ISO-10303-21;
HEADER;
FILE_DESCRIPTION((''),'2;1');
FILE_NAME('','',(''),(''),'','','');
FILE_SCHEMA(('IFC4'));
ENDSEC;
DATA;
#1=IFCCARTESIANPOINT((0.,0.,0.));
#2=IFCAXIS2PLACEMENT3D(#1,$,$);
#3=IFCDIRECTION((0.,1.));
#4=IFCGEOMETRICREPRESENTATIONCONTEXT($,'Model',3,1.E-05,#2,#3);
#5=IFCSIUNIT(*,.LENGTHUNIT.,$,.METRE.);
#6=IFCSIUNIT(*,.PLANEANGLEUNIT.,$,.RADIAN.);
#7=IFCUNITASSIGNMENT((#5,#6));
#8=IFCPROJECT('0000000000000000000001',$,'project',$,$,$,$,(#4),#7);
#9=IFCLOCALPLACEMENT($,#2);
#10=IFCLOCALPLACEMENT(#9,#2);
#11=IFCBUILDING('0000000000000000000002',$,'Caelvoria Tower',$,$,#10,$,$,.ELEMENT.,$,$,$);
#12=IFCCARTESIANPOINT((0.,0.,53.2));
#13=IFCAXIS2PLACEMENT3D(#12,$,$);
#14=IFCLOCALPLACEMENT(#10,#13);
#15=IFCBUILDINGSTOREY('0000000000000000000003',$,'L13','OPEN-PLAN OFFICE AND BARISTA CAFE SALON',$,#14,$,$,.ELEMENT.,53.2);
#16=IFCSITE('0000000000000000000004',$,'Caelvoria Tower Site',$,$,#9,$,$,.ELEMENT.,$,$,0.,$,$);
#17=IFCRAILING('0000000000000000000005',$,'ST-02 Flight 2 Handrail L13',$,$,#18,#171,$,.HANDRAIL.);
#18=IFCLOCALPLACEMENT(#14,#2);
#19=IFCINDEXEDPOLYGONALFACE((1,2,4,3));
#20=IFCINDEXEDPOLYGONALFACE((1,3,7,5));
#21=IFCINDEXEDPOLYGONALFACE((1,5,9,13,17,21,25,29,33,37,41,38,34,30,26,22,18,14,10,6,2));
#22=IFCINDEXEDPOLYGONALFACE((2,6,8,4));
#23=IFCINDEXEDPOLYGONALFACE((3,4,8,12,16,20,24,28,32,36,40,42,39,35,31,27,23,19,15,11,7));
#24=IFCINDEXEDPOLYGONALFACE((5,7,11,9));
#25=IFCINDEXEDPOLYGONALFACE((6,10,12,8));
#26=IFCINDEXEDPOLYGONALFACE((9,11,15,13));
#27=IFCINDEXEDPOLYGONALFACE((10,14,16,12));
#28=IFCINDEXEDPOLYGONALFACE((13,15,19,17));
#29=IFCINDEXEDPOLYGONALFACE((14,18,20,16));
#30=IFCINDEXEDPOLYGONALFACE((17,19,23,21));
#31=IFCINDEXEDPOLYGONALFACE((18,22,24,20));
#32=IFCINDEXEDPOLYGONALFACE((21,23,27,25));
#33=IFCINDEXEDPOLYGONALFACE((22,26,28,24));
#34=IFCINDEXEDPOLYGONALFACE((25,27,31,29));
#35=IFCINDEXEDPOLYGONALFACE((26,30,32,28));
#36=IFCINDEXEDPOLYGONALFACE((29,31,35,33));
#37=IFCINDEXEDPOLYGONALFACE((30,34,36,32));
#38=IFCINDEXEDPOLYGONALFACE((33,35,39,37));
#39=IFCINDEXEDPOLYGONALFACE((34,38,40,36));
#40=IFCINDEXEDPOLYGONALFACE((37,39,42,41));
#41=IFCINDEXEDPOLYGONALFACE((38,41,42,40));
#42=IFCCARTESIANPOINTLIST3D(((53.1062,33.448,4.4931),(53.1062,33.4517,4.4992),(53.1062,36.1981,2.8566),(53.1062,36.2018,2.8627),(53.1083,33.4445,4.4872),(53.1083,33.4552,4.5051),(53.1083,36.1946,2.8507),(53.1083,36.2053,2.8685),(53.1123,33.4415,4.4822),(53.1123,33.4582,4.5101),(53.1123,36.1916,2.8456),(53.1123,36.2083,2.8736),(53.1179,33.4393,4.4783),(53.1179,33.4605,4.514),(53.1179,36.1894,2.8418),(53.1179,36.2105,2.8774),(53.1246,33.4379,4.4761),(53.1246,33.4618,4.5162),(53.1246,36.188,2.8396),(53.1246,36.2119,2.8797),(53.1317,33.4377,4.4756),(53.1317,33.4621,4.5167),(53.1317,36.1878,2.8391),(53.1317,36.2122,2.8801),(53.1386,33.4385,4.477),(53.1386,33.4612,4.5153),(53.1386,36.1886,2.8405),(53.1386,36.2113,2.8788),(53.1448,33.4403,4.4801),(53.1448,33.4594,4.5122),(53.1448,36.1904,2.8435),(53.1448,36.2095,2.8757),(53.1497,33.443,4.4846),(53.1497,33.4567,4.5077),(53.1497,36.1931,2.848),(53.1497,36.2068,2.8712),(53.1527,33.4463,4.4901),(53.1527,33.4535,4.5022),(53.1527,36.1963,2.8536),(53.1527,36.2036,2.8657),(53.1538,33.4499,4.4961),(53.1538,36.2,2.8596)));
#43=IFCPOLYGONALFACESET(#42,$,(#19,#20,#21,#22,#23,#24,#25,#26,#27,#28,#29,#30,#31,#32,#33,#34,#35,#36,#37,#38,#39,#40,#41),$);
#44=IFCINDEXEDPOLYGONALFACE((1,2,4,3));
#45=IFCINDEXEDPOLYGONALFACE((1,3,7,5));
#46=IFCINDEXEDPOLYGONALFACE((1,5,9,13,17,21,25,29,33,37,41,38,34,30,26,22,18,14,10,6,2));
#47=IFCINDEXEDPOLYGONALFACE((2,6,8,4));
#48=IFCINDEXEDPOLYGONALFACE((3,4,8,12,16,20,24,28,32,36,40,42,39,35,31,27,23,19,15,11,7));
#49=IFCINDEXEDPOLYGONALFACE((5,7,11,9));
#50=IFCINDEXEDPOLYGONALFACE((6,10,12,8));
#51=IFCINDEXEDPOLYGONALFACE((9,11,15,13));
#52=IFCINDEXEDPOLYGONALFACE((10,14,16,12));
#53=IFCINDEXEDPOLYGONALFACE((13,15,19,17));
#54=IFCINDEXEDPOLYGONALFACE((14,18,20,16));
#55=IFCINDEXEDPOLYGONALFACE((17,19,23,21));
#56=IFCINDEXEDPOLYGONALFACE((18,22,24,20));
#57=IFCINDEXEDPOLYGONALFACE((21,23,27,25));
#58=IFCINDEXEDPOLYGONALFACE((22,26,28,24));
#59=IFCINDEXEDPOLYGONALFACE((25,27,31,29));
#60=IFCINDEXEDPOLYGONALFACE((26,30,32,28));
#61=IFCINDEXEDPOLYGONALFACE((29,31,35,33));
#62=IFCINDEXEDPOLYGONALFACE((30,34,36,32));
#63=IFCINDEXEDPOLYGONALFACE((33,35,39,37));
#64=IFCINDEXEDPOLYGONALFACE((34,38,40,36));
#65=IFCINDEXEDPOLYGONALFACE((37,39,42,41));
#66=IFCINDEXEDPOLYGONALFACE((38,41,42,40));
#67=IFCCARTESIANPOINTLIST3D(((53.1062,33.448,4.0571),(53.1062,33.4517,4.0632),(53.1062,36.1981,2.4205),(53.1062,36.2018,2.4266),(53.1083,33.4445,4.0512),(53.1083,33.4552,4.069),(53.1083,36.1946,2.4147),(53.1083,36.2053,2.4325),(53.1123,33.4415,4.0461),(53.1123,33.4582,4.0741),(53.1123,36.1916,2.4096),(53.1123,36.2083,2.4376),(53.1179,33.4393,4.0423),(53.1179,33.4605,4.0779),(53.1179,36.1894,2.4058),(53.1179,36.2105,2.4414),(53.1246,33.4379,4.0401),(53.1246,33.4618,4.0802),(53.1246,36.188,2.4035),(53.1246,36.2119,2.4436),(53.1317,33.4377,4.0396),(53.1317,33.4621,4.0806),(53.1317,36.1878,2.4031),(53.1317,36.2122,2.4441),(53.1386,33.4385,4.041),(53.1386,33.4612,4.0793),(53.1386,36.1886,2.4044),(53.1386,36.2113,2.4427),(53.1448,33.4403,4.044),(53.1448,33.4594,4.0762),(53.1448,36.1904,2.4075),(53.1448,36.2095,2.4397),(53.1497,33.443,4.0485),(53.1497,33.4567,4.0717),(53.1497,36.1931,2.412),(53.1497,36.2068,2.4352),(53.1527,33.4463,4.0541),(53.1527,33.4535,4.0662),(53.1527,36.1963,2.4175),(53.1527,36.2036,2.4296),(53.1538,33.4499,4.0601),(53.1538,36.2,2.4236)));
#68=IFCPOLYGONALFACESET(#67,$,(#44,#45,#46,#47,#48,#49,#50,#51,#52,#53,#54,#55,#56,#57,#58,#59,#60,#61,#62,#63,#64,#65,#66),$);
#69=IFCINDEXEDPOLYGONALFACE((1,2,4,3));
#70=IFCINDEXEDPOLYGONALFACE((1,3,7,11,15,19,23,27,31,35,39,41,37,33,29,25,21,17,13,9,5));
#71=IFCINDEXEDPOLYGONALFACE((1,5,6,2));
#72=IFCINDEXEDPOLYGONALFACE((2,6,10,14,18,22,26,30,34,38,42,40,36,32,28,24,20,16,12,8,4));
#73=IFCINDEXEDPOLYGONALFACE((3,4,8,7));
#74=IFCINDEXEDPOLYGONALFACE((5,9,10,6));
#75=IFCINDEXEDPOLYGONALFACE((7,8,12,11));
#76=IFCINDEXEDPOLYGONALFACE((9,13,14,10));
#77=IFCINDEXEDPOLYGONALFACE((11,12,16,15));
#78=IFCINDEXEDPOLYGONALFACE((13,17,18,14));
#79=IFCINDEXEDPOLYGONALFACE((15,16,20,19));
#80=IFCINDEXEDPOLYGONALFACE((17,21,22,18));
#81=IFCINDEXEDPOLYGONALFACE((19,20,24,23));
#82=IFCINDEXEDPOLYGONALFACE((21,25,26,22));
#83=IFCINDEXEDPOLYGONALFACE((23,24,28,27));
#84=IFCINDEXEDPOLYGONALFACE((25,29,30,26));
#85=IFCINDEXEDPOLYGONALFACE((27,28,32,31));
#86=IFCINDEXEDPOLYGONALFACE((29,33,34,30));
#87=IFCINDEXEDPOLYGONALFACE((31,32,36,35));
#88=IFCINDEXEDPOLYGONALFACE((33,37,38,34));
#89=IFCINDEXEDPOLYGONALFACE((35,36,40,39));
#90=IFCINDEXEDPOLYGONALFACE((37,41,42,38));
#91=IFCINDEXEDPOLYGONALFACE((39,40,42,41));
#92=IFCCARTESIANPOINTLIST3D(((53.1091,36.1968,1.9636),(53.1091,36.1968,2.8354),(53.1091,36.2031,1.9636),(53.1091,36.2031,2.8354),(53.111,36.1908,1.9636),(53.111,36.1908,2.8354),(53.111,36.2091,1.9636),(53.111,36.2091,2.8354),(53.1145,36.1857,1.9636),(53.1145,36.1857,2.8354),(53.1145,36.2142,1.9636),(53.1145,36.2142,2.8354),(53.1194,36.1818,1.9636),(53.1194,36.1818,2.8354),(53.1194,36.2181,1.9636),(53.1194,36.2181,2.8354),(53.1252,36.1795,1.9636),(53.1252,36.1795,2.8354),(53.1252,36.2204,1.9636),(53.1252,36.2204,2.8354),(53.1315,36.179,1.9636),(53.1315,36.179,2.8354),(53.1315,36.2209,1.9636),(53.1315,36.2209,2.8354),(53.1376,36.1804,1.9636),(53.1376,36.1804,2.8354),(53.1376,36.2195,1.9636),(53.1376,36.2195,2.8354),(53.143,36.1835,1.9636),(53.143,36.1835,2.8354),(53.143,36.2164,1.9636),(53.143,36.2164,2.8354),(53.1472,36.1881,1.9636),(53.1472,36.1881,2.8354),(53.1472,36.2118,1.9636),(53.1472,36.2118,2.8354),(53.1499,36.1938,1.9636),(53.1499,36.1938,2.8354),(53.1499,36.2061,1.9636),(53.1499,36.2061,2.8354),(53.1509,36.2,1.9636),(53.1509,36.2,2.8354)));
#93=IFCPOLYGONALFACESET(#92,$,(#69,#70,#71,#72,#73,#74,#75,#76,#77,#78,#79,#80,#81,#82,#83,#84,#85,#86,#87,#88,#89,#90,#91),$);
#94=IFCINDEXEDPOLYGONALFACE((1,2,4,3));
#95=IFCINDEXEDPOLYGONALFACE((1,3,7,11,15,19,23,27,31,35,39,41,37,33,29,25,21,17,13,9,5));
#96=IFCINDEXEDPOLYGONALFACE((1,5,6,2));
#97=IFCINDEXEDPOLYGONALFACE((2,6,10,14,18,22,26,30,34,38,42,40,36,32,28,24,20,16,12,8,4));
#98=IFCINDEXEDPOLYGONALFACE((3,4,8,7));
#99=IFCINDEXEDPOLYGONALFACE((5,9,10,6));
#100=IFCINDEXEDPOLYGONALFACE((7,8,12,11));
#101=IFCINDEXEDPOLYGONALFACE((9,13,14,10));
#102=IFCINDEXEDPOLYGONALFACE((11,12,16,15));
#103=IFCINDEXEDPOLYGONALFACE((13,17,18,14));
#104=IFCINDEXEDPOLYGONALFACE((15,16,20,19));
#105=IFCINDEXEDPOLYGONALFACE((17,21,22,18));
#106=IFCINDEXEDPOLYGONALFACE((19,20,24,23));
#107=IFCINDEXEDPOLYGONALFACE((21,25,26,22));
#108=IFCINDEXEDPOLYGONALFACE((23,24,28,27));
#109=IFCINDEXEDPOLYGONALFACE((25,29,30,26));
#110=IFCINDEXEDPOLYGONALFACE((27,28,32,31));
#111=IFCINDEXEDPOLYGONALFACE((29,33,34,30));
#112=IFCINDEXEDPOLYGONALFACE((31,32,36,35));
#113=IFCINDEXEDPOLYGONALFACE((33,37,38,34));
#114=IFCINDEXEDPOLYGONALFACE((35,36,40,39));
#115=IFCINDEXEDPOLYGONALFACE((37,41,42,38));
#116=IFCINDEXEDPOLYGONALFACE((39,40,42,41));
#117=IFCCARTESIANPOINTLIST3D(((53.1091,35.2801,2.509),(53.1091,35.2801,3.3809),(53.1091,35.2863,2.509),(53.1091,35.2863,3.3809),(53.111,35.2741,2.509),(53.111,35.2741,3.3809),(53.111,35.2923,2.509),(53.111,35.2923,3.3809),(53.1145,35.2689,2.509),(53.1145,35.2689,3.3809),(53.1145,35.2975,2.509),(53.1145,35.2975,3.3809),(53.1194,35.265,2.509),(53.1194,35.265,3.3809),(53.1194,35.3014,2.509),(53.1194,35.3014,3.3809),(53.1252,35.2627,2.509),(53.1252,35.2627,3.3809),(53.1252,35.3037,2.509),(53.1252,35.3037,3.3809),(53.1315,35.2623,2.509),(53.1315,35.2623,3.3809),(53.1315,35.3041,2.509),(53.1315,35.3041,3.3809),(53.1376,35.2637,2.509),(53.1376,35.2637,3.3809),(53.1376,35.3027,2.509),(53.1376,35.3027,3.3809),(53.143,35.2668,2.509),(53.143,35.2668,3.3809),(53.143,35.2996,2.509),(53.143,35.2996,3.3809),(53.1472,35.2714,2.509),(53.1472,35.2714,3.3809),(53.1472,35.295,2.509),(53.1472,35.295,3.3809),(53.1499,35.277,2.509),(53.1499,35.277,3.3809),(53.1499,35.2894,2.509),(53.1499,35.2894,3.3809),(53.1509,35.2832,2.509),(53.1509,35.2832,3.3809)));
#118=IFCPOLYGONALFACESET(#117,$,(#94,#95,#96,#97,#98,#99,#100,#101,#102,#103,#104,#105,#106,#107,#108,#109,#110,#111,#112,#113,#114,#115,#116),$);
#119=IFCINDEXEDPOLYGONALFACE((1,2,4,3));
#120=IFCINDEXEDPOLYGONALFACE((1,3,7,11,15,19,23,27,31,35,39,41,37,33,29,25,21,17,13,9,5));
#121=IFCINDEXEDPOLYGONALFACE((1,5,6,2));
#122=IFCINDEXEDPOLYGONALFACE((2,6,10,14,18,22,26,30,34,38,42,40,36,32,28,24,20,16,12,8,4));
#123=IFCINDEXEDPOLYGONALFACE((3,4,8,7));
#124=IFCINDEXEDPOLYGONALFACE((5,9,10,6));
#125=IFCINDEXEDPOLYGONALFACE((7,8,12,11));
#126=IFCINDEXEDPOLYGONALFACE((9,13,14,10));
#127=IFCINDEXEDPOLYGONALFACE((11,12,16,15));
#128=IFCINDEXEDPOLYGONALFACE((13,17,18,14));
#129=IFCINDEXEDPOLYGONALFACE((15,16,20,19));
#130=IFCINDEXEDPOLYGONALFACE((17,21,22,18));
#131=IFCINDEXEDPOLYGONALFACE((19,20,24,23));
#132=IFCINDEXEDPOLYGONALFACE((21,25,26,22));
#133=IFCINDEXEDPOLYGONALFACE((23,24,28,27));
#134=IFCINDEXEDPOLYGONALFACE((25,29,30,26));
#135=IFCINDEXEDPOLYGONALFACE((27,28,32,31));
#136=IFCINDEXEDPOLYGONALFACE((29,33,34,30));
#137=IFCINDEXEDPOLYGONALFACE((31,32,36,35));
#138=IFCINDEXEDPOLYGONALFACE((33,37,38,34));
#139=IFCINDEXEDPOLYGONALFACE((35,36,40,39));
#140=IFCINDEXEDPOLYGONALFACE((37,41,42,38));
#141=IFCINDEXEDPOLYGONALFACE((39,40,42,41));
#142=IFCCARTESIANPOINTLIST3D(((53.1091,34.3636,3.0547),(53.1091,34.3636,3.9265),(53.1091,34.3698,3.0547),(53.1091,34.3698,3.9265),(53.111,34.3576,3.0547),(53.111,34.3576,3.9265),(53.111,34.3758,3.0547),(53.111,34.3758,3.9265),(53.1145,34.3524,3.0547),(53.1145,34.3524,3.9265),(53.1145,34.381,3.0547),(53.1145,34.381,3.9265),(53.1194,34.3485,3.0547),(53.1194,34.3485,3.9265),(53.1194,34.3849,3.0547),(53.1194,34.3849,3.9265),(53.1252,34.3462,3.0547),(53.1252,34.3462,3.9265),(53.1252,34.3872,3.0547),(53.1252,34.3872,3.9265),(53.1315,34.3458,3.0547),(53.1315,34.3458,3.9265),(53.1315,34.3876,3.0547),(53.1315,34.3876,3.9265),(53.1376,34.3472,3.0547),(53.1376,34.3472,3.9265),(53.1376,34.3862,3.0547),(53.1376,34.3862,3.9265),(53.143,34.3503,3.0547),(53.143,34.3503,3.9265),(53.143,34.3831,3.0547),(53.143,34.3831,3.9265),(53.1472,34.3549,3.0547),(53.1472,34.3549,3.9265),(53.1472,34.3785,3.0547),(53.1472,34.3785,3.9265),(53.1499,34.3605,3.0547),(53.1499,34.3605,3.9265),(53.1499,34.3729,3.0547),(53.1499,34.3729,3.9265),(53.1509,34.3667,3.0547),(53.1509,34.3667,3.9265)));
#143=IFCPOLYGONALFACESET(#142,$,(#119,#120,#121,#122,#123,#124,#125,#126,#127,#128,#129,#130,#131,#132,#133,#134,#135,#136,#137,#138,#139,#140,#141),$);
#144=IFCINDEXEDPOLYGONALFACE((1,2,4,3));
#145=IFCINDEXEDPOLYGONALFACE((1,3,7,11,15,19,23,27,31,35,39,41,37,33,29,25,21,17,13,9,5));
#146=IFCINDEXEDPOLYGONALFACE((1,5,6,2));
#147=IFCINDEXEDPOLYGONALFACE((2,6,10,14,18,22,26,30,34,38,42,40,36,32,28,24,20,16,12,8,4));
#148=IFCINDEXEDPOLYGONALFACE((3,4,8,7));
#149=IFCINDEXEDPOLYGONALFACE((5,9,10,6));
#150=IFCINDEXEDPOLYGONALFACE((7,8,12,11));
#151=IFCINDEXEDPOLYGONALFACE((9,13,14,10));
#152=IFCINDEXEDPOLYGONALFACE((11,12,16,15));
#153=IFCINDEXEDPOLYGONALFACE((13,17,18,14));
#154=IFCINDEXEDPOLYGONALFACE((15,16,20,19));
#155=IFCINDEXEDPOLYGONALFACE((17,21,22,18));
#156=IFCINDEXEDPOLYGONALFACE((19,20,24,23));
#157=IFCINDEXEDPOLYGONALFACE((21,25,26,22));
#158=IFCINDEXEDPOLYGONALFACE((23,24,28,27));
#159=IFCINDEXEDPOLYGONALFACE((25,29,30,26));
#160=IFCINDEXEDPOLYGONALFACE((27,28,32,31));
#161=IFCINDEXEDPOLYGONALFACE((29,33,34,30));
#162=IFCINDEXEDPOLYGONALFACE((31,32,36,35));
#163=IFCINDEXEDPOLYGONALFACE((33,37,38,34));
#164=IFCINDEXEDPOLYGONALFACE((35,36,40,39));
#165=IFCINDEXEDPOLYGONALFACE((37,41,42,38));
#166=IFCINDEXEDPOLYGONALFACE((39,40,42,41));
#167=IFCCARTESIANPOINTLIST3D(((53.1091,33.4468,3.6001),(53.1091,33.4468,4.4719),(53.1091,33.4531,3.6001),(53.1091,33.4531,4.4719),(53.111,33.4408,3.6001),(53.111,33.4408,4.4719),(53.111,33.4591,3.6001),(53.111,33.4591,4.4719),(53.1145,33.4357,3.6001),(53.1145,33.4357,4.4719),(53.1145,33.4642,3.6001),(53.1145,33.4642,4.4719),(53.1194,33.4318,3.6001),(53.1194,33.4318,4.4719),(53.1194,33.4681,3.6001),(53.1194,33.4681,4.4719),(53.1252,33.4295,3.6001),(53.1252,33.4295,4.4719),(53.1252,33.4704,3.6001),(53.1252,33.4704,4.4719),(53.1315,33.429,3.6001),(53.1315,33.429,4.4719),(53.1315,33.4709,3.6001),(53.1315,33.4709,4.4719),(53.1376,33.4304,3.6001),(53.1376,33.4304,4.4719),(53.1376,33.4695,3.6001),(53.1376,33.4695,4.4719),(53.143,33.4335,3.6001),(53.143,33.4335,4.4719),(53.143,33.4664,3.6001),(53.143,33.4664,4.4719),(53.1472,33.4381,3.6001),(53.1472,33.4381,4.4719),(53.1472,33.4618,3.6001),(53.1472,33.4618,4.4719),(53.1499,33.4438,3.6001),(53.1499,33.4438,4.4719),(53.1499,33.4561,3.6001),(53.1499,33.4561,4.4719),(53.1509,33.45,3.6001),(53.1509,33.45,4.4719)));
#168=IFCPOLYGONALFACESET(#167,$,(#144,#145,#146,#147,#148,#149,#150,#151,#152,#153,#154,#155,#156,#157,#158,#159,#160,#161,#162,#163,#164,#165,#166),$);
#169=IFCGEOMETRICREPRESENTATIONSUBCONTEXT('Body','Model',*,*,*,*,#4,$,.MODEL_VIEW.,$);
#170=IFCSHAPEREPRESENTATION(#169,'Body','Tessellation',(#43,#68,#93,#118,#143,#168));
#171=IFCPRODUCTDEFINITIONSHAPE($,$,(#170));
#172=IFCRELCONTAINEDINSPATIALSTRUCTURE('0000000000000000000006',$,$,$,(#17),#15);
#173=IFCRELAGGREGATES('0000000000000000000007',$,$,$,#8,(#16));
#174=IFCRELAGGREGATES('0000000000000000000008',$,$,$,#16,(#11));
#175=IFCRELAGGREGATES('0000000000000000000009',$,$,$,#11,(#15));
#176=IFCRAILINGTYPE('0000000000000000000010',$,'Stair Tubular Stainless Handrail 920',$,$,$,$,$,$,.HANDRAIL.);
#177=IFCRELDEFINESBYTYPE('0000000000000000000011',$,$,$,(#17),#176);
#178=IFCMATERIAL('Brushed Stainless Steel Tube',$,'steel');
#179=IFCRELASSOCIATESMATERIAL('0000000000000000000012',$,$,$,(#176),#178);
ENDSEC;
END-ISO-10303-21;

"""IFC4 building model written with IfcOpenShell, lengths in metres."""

from ifc_helpers import new_model, si_unit, direction, frame, origin, origin_2d, place, context, subcontext, project, spatial, circle, extrude, material, type_object, element, save


model = new_model("IFC4")

# Units and contexts
model_context = context("Model", 3, precision=1e-05, world=origin(), true_north=direction((0.0, 1.0)))
body_context = subcontext(model_context, "Body", "Model", "MODEL_VIEW")
ifc_project = project(units=[si_unit("LENGTHUNIT", "METRE"), si_unit("PLANEANGLEUNIT", "RADIAN")], contexts=[model_context])

# Site, building, storey
site_placement = place(None, origin())
site = spatial("IfcSite", under=ifc_project, at=site_placement, Name="Caelvoria Tower Site", CompositionType="ELEMENT", RefElevation=0.0)
building_placement = place(site_placement, origin())
building = spatial("IfcBuilding", under=site, at=building_placement, Name="Caelvoria Tower", CompositionType="ELEMENT")
storey_placement = place(building_placement, frame((0.0, 0.0, 53.2)))
storey = spatial("IfcBuildingStorey", under=building, at=storey_placement, Name="L13", Description="OPEN-PLAN OFFICE AND BARISTA CAFE SALON", CompositionType="ELEMENT", Elevation=53.2)

# Railing
ifc_material_1 = material(Name="Brushed Stainless Steel Tube", Category="steel")
railing_type_1 = type_object("IfcRailingType", Name="Stair Tubular Stainless Handrail 920", PredefinedType="HANDRAIL", material=ifc_material_1)
railing_1_placement = place(storey_placement, frame((53.1299, 36.2, 1.9636)))
element("IfcRailing", 1, at=railing_1_placement, inside=storey, type_object=railing_type_1, Name="ST-02 Flight 2 Handrail L13", PredefinedType="HANDRAIL", context=body_context, shape_type="SweptSolid", body=[
    extrude(circle(Radius=0.0239, at=origin_2d()), frame((0.0, 0.0, 0.896), z_axis=(0.0, -0.859352, 0.511385), x_axis=(1.0, 0.0, 0.0)), (0.0, 0.0, 1.0), 3.2002),
    extrude(circle(Radius=0.0239, at=origin_2d()), frame((0.0, 0.0, 0.46), z_axis=(0.0, -0.859352, 0.511385), x_axis=(1.0, 0.0, 0.0)), (0.0, 0.0, 1.0), 3.2002),
    extrude(circle(Radius=0.021, at=origin_2d()), origin(), (0.0, 0.0, 1.0), 0.8718),
    extrude(circle(Radius=0.021, at=origin_2d()), frame((0.0, -0.9167, 0.5454)), (0.0, 0.0, 1.0), 0.8718),
    extrude(circle(Radius=0.021, at=origin_2d()), frame((0.0, -1.8333, 1.0911)), (0.0, 0.0, 1.0), 0.8718),
    extrude(circle(Radius=0.021, at=origin_2d()), frame((0.0, -2.75, 1.6365)), (0.0, 0.0, 1.0), 0.8718),
])

save(model, "model.ifc")
